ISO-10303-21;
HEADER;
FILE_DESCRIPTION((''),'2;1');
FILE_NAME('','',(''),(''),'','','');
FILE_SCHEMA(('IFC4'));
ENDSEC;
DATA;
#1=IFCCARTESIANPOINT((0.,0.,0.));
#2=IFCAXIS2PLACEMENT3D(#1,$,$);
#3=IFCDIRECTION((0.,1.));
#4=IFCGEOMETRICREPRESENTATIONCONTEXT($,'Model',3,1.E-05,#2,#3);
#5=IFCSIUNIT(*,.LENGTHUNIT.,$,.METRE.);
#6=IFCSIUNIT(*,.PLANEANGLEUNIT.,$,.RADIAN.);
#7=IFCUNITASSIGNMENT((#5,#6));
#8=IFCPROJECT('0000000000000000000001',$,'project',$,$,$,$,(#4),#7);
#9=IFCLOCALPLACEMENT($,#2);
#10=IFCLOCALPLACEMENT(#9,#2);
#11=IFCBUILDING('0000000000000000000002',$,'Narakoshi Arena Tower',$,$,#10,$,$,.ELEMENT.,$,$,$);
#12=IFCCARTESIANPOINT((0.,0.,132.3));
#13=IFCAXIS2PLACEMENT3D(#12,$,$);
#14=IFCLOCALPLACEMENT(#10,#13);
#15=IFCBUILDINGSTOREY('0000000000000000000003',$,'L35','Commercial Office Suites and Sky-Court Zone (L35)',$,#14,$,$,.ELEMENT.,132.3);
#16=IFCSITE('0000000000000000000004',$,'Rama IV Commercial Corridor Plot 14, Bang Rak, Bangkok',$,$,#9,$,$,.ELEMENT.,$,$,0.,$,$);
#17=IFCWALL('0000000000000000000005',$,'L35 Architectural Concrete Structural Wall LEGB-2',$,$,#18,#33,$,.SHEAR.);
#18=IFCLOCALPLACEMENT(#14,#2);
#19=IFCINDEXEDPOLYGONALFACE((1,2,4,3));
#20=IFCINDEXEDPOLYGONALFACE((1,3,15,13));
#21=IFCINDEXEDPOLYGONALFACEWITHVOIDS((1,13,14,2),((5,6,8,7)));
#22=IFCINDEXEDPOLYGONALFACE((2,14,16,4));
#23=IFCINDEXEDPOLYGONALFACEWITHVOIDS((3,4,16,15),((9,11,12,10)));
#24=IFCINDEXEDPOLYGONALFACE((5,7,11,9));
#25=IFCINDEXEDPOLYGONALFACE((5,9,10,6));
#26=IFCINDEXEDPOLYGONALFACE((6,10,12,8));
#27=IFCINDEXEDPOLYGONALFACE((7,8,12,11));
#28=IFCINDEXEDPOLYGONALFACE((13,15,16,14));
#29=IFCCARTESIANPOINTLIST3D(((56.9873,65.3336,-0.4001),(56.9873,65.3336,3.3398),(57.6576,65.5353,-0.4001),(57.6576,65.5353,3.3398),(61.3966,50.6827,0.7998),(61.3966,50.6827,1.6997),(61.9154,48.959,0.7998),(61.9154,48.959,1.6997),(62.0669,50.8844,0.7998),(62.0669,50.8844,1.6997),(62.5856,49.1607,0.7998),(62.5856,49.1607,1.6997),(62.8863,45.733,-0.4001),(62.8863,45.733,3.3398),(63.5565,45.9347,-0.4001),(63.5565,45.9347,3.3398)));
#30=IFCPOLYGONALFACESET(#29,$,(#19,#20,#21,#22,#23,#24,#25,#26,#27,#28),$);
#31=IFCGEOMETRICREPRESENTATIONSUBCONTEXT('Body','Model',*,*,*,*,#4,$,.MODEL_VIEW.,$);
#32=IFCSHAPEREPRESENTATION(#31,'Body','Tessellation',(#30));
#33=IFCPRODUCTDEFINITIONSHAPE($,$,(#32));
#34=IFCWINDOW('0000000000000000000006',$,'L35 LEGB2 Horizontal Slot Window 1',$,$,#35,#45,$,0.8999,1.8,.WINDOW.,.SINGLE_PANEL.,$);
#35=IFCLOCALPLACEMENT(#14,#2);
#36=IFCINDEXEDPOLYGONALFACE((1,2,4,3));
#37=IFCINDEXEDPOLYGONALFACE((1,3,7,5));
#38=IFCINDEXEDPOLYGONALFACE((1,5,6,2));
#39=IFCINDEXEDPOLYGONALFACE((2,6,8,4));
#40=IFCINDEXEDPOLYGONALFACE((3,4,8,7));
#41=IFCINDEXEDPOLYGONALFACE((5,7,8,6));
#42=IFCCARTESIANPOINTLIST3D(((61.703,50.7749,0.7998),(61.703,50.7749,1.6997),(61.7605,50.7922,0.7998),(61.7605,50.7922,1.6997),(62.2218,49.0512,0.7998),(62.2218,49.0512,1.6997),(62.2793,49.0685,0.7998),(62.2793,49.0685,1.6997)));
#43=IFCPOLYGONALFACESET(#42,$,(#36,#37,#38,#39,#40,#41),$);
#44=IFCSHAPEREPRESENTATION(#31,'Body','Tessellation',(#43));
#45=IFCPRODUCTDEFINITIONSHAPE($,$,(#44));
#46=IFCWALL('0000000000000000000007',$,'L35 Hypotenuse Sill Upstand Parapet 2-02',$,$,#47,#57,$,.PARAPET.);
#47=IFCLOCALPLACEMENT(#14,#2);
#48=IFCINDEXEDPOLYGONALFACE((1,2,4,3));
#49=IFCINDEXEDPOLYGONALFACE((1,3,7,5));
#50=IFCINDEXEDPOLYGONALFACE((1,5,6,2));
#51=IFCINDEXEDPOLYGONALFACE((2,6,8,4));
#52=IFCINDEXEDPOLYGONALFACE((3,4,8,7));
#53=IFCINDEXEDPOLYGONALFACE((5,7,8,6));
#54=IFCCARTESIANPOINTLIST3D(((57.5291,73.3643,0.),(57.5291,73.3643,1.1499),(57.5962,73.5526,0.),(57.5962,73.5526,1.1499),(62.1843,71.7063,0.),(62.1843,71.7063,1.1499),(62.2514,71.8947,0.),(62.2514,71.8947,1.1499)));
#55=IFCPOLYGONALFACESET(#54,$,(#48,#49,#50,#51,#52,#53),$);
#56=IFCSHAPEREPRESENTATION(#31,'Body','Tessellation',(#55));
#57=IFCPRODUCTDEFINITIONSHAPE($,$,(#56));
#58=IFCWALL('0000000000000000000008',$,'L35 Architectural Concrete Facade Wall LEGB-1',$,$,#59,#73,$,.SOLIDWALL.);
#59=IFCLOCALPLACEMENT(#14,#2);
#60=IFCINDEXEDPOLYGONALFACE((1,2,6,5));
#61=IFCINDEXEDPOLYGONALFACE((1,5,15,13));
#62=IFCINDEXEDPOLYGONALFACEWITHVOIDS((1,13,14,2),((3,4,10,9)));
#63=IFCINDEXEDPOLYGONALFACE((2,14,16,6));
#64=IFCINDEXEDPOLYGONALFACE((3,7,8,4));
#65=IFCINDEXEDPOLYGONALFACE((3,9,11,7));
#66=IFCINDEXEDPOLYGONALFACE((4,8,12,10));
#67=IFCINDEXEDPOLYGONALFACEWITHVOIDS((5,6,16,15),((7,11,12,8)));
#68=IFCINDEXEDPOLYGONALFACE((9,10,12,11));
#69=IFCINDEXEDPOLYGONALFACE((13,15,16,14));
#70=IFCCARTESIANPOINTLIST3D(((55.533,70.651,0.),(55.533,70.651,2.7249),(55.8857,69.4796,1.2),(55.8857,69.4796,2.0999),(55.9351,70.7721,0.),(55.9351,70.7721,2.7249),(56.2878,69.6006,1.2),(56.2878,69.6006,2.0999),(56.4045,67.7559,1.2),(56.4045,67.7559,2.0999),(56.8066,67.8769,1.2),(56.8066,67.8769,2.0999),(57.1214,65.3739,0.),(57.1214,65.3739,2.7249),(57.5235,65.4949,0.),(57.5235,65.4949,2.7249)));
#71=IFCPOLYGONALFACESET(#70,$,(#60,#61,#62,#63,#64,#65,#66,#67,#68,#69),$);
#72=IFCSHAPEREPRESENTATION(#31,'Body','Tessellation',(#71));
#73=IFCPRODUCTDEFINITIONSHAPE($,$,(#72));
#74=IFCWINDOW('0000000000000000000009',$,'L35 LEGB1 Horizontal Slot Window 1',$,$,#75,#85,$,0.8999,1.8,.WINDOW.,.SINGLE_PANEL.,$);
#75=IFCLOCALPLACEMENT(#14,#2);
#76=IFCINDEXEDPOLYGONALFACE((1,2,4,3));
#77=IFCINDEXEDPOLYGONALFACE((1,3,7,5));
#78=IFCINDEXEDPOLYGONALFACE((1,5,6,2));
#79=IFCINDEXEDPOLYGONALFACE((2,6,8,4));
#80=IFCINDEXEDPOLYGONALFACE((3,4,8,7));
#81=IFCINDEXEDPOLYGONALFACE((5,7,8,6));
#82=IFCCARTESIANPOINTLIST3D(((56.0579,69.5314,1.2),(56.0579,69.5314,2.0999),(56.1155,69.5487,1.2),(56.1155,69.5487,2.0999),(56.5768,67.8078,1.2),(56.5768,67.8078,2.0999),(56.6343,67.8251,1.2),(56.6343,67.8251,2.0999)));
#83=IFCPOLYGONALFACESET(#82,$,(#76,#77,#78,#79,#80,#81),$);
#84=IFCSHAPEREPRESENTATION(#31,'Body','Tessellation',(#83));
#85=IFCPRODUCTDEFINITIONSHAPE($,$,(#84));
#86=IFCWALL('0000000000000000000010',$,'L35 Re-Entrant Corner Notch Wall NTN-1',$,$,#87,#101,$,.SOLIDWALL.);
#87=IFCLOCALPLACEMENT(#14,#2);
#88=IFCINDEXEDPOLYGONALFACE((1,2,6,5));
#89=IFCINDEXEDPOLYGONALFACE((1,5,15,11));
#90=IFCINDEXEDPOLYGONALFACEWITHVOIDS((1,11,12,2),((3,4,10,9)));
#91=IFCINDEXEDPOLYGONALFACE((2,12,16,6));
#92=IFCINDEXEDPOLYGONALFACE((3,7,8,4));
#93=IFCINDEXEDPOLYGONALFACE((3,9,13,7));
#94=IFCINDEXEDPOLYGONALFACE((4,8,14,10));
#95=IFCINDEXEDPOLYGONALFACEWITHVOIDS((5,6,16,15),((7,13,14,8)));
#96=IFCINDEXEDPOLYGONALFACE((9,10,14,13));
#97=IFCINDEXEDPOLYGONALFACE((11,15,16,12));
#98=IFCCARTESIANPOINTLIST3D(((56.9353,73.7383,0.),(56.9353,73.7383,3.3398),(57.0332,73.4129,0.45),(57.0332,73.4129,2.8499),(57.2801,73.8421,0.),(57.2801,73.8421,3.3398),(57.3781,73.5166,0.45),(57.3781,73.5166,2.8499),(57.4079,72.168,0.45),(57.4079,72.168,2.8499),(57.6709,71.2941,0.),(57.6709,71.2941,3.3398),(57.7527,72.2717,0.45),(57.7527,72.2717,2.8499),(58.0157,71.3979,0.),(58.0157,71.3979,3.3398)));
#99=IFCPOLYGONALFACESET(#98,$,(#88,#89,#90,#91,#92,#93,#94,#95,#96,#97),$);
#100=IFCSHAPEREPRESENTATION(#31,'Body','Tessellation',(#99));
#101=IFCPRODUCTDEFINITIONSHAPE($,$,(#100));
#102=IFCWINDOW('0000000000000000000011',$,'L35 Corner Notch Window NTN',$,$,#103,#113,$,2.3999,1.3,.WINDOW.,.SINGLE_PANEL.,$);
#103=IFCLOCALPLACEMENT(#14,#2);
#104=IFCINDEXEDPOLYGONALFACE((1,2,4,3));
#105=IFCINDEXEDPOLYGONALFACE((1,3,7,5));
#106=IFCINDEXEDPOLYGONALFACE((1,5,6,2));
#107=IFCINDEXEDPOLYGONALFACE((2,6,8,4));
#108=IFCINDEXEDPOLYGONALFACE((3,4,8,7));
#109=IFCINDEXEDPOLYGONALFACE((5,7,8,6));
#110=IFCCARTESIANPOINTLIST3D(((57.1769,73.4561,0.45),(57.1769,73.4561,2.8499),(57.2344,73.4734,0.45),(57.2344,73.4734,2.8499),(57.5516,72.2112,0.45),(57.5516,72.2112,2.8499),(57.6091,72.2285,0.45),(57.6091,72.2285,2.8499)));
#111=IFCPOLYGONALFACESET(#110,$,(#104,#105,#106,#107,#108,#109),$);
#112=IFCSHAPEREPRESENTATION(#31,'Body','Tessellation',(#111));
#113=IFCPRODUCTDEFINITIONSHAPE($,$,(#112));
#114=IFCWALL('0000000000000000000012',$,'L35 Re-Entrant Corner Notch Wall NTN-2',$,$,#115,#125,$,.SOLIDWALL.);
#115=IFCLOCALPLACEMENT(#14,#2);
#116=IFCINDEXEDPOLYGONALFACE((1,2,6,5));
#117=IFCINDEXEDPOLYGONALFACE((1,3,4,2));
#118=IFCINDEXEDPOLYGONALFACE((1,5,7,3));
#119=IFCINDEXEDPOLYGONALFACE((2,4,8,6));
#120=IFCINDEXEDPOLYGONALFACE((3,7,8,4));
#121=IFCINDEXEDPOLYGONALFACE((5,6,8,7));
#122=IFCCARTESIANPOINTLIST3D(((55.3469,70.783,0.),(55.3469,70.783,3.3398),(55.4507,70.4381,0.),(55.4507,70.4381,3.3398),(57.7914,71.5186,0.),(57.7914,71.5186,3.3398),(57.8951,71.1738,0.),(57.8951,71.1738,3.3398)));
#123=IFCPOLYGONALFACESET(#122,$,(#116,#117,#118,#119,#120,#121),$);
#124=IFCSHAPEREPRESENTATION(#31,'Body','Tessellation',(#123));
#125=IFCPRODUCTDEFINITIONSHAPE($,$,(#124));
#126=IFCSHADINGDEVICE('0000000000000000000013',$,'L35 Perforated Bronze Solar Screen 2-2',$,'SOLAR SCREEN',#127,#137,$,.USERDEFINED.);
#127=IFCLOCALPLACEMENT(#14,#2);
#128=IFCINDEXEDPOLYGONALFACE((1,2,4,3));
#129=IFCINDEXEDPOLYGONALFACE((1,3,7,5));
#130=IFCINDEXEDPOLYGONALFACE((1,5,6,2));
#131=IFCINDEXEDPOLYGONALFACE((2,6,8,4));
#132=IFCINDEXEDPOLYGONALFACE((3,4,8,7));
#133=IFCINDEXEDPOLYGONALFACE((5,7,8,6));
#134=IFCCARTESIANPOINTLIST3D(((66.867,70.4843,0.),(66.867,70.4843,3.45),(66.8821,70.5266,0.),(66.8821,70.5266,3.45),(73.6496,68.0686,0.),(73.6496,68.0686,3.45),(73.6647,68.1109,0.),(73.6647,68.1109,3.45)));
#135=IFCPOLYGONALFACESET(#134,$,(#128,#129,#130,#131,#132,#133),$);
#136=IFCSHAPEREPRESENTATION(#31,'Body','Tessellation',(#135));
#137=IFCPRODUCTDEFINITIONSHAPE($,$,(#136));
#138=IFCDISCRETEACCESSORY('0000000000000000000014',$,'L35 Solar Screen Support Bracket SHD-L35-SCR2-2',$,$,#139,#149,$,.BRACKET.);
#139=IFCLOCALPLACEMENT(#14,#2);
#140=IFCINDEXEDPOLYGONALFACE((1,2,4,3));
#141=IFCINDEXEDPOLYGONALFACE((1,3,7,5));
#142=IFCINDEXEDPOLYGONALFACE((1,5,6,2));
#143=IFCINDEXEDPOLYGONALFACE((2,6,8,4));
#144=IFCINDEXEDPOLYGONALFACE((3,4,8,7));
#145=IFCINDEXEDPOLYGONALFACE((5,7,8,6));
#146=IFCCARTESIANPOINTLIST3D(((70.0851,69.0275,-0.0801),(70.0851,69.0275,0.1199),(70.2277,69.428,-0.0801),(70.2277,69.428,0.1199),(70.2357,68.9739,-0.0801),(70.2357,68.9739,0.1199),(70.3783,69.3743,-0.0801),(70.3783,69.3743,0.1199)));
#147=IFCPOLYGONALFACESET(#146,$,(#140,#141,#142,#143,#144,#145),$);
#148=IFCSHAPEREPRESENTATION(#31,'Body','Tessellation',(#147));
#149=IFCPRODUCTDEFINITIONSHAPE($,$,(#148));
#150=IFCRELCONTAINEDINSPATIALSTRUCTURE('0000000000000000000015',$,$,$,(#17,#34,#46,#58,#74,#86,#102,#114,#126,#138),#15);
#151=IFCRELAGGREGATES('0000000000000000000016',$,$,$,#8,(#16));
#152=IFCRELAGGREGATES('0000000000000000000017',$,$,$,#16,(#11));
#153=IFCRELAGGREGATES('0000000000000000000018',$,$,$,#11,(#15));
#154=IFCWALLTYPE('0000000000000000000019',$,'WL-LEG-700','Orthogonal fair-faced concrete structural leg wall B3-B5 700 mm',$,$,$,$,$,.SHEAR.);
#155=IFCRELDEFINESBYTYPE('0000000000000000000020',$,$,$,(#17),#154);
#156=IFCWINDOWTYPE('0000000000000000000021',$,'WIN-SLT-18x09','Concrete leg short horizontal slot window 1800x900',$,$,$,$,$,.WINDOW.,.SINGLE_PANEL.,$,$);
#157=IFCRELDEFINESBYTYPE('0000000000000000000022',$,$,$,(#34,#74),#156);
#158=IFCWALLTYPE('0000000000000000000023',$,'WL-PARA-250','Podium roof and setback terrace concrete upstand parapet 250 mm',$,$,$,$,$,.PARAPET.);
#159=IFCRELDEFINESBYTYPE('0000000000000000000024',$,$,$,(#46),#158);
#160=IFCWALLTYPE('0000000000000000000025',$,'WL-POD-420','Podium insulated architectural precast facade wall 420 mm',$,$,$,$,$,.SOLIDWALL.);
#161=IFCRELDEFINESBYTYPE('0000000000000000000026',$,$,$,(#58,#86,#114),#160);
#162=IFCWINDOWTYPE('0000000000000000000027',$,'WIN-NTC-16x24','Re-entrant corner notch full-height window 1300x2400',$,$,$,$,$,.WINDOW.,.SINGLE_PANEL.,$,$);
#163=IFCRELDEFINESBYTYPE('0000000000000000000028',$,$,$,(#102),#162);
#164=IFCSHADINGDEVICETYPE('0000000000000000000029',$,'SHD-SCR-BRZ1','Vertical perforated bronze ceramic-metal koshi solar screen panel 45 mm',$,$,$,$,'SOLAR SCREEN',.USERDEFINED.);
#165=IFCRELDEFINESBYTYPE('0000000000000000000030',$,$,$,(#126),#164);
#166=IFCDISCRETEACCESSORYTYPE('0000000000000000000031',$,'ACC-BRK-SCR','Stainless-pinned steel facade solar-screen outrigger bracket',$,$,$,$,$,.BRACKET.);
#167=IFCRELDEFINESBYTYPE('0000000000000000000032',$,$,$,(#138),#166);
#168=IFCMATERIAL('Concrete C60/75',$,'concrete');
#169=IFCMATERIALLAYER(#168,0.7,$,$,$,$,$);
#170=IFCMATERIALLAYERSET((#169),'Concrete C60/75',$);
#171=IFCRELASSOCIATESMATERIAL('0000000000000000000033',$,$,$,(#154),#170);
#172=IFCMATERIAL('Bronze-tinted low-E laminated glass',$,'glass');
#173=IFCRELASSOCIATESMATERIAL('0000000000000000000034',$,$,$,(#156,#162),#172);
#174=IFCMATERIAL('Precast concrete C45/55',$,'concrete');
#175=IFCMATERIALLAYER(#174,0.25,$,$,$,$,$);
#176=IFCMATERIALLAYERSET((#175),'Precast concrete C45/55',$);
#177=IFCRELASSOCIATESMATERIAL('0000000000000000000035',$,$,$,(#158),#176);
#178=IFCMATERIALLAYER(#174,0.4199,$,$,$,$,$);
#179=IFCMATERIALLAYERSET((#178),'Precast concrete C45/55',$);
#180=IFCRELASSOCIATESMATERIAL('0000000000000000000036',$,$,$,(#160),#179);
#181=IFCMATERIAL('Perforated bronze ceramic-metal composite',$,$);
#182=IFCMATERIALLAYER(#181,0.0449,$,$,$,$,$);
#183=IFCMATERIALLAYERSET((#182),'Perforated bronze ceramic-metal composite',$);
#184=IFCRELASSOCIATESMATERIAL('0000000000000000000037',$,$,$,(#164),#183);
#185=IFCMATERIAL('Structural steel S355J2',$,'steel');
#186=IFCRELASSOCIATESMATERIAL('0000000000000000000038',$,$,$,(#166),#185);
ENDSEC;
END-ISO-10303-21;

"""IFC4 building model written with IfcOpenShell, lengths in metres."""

from ifc_helpers import new_model, si_unit, direction, frame, frame_2d, origin, origin_2d, place, context, subcontext, project, spatial, rectangle, extrude, material, layer, layer_set, type_object, element, fill, save


model = new_model("IFC4")

# Units and contexts
model_context = context("Model", 3, precision=1e-05, world=origin(), true_north=direction((0.0, 1.0)))
body_context = subcontext(model_context, "Body", "Model", "MODEL_VIEW")
ifc_project = project(units=[si_unit("LENGTHUNIT", "METRE"), si_unit("PLANEANGLEUNIT", "RADIAN")], contexts=[model_context])

# Site, building, storey
site_placement = place(None, origin())
site = spatial("IfcSite", under=ifc_project, at=site_placement, Name="Rama IV Commercial Corridor Plot 14, Bang Rak, Bangkok", CompositionType="ELEMENT", RefElevation=0.0)
building_placement = place(site_placement, origin())
building = spatial("IfcBuilding", under=site, at=building_placement, Name="Narakoshi Arena Tower", CompositionType="ELEMENT")
storey_placement = place(building_placement, frame((0.0, 0.0, 132.3)))
storey = spatial("IfcBuildingStorey", under=building, at=storey_placement, Name="L35", Description="Commercial Office Suites and Sky-Court Zone (L35)", CompositionType="ELEMENT", Elevation=132.3)

# Shared definitions
ifc_material_1 = material(Name="Concrete C60/75", Category="concrete")

# Shared definitions
ifc_material_2 = material(Name="Structural steel S355J2", Category="steel")

# Shared definitions
ifc_material_3 = material(Name="Bronze-tinted low-E laminated glass", Category="glass")

# Wall, opening, window
ifc_layer_1 = layer(ifc_material_1, 0.7)
ifc_layer_set_1 = layer_set([ifc_layer_1], Name="Concrete C60/75")
wall_type_1 = type_object("IfcWallType", Name="WL-LEG-700", Description="Orthogonal fair-faced concrete structural leg wall B3-B5 700 mm", PredefinedType="SHEAR", material=ifc_layer_set_1)
wall_1_placement = place(storey_placement, frame((57.3225, 65.4343, -0.4001), z_axis=(0.0, 0.0, 1.0), x_axis=(0.288188, -0.957574, 0.0)))
wall_1 = element("IfcWall", 1, at=wall_1_placement, inside=storey, type_object=wall_type_1, Name="L35 Architectural Concrete Structural Wall LEGB-2", PredefinedType="SHEAR", context=body_context, shape_type="SweptSolid", body=[
    extrude(rectangle(XDim=20.469, YDim=0.7, at=frame_2d((10.2344, 0.0))), origin(), (0.0, 0.0, 1.0), 3.74),
])
opening_1_placement = place(wall_1_placement, frame((15.3, 0.0, 1.2)))
opening_1 = element("IfcOpeningElement", 2, at=opening_1_placement, cuts=wall_1, PredefinedType="OPENING", context=body_context, shape_type="SweptSolid", body=[
    extrude(rectangle(XDim=1.8, YDim=0.8999, at=frame_2d((0.8999, 0.45))), frame((0.0, 0.3599, 0.0), z_axis=(0.0, -1.0, 0.0), x_axis=(1.0, 0.0, 0.0)), (0.0, 0.0, 1.0), 0.72),
])
window_type_1 = type_object("IfcWindowType", Name="WIN-SLT-18x09", Description="Concrete leg short horizontal slot window 1800x900", PartitioningType="SINGLE_PANEL", PredefinedType="WINDOW", material=ifc_material_3)
window_1_placement = place(opening_1_placement, origin())
window_1 = element("IfcWindow", 3, at=window_1_placement, inside=storey, type_object=window_type_1, Name="L35 LEGB2 Horizontal Slot Window 1", OverallHeight=0.8999, OverallWidth=1.8, PartitioningType="SINGLE_PANEL", PredefinedType="WINDOW", context=body_context, shape_type="SweptSolid", body=[
    extrude(rectangle(XDim=1.8, YDim=0.8999, at=frame_2d((0.8999, 0.45))), frame((0.0, 0.03, 0.0), z_axis=(0.0, -1.0, 0.0), x_axis=(1.0, 0.0, 0.0)), (0.0, 0.0, 1.0), 0.0601),
])
fill(opening_1, window_1)

# Wall
ifc_material_4 = material(Name="Precast concrete C45/55", Category="concrete")
ifc_layer_2 = layer(ifc_material_4, 0.25)
ifc_layer_set_2 = layer_set([ifc_layer_2], Name="Precast concrete C45/55")
wall_type_2 = type_object("IfcWallType", Name="WL-PARA-250", Description="Podium roof and setback terrace concrete upstand parapet 250 mm", PredefinedType="PARAPET", material=ifc_layer_set_2)
wall_2_placement = place(storey_placement, frame((62.2178, 71.8005, 0.0), z_axis=(0.0, 0.0, 1.0), x_axis=(-0.942039, 0.335504, 0.0)))
element("IfcWall", 4, at=wall_2_placement, inside=storey, type_object=wall_type_2, Name="L35 Hypotenuse Sill Upstand Parapet 2-02", PredefinedType="PARAPET", context=body_context, shape_type="SweptSolid", body=[
    extrude(rectangle(XDim=4.9417, YDim=0.2, at=frame_2d((2.4707, 0.0))), origin(), (0.0, 0.0, 1.0), 1.1499),
])

# Walls, openings, windows
ifc_layer_3 = layer(ifc_material_4, 0.4199)
ifc_layer_set_3 = layer_set([ifc_layer_3], Name="Precast concrete C45/55")
wall_type_3 = type_object("IfcWallType", Name="WL-POD-420", Description="Podium insulated architectural precast facade wall 420 mm", PredefinedType="SOLIDWALL", material=ifc_layer_set_3)
wall_3_placement = place(storey_placement, frame((55.7341, 70.7114, 0.0), z_axis=(0.0, 0.0, 1.0), x_axis=(0.288222, -0.957564, 0.0)))
wall_3 = element("IfcWall", 5, at=wall_3_placement, inside=storey, type_object=wall_type_3, Name="L35 Architectural Concrete Facade Wall LEGB-1", PredefinedType="SOLIDWALL", context=body_context, shape_type="SweptSolid", body=[
    extrude(rectangle(XDim=5.511, YDim=0.4199, at=frame_2d((2.7554, 0.0))), origin(), (0.0, 0.0, 1.0), 2.7249),
])
opening_2_placement = place(wall_3_placement, frame((1.2234, 0.0, 1.2)))
opening_2 = element("IfcOpeningElement", 6, at=opening_2_placement, cuts=wall_3, PredefinedType="OPENING", context=body_context, shape_type="SweptSolid", body=[
    extrude(rectangle(XDim=1.8, YDim=0.8999, at=frame_2d((0.8999, 0.45))), frame((0.0, 0.22, 0.0), z_axis=(0.0, -1.0, 0.0), x_axis=(1.0, 0.0, 0.0)), (0.0, 0.0, 1.0), 0.4399),
])
window_2_placement = place(opening_2_placement, origin())
window_2 = element("IfcWindow", 7, at=window_2_placement, inside=storey, type_object=window_type_1, Name="L35 LEGB1 Horizontal Slot Window 1", OverallHeight=0.8999, OverallWidth=1.8, PartitioningType="SINGLE_PANEL", PredefinedType="WINDOW", context=body_context, shape_type="SweptSolid", body=[
    extrude(rectangle(XDim=1.8, YDim=0.8999, at=frame_2d((0.8999, 0.45))), frame((0.0, 0.03, 0.0), z_axis=(0.0, -1.0, 0.0), x_axis=(1.0, 0.0, 0.0)), (0.0, 0.0, 1.0), 0.0601),
])
fill(opening_2, window_2)
wall_4_placement = place(storey_placement, frame((57.1077, 73.7903, 0.0), z_axis=(0.0, 0.0, 1.0), x_axis=(0.288199, -0.957571, 0.0)))
wall_4 = element("IfcWall", 8, at=wall_4_placement, inside=storey, type_object=wall_type_3, Name="L35 Re-Entrant Corner Notch Wall NTN-1", PredefinedType="SOLIDWALL", context=body_context, shape_type="SweptSolid", body=[
    extrude(rectangle(XDim=2.5525, YDim=0.3601, at=frame_2d((1.2764, 0.0))), origin(), (0.0, 0.0, 1.0), 3.3398),
])
opening_3_placement = place(wall_4_placement, frame((0.3401, 0.0, 0.45)))
opening_3 = element("IfcOpeningElement", 9, at=opening_3_placement, cuts=wall_4, PredefinedType="OPENING", context=body_context, shape_type="SweptSolid", body=[
    extrude(rectangle(XDim=1.3, YDim=2.3999, at=frame_2d((0.6499, 1.2))), frame((0.0, 0.1899, 0.0), z_axis=(0.0, -1.0, 0.0), x_axis=(1.0, 0.0, 0.0)), (0.0, 0.0, 1.0), 0.3801),
])
window_type_2 = type_object("IfcWindowType", Name="WIN-NTC-16x24", Description="Re-entrant corner notch full-height window 1300x2400", PartitioningType="SINGLE_PANEL", PredefinedType="WINDOW", material=ifc_material_3)
window_3_placement = place(opening_3_placement, origin())
window_3 = element("IfcWindow", 10, at=window_3_placement, inside=storey, type_object=window_type_2, Name="L35 Corner Notch Window NTN", OverallHeight=2.3999, OverallWidth=1.3, PartitioningType="SINGLE_PANEL", PredefinedType="WINDOW", context=body_context, shape_type="SweptSolid", body=[
    extrude(rectangle(XDim=1.3, YDim=2.3999, at=frame_2d((0.6499, 1.2))), frame((0.0, 0.03, 0.0), z_axis=(0.0, -1.0, 0.0), x_axis=(1.0, 0.0, 0.0)), (0.0, 0.0, 1.0), 0.0601),
])
fill(opening_3, window_3)

# Wall
wall_5_placement = place(storey_placement, frame((57.8433, 71.3462, 0.0), z_axis=(0.0, 0.0, 1.0), x_axis=(-0.957578, -0.288173, 0.0)))
element("IfcWall", 11, at=wall_5_placement, inside=storey, type_object=wall_type_3, Name="L35 Re-Entrant Corner Notch Wall NTN-2", PredefinedType="SOLIDWALL", context=body_context, shape_type="SweptSolid", body=[
    extrude(rectangle(XDim=2.5527, YDim=0.3601, at=frame_2d((1.2764, 0.0))), origin(), (0.0, 0.0, 1.0), 3.3398),
])

# Shading device
ifc_material_5 = material(Name="Perforated bronze ceramic-metal composite")
ifc_layer_4 = layer(ifc_material_5, 0.0449)
ifc_layer_set_4 = layer_set([ifc_layer_4], Name="Perforated bronze ceramic-metal composite")
shading_device_type = type_object("IfcShadingDeviceType", Name="SHD-SCR-BRZ1", Description="Vertical perforated bronze ceramic-metal koshi solar screen panel 45 mm", ElementType="SOLAR SCREEN", PredefinedType="USERDEFINED", material=ifc_layer_set_4)
shading_device_placement = place(storey_placement, frame((70.2659, 69.2976, 0.0), z_axis=(0.0, 0.0, 1.0), x_axis=(-0.942034, 0.335517, 0.0)))
element("IfcShadingDevice", 12, at=shading_device_placement, inside=storey, type_object=shading_device_type, Name="L35 Perforated Bronze Solar Screen 2-2", ObjectType="SOLAR SCREEN", PredefinedType="USERDEFINED", context=body_context, shape_type="SweptSolid", body=[
    extrude(rectangle(XDim=7.2, YDim=0.0449, at=origin_2d()), origin(), (0.0, 0.0, 1.0), 3.45),
])

# Discrete accessory
discrete_accessory_type = type_object("IfcDiscreteAccessoryType", Name="ACC-BRK-SCR", Description="Stainless-pinned steel facade solar-screen outrigger bracket", PredefinedType="BRACKET", material=ifc_material_2)
discrete_accessory_placement = place(storey_placement, frame((70.2317, 69.2009, -0.0801), z_axis=(0.0, 0.0, 1.0), x_axis=(-0.942034, 0.335517, 0.0)))
element("IfcDiscreteAccessory", 13, at=discrete_accessory_placement, inside=storey, type_object=discrete_accessory_type, Name="L35 Solar Screen Support Bracket SHD-L35-SCR2-2", PredefinedType="BRACKET", context=body_context, shape_type="SweptSolid", body=[
    extrude(rectangle(XDim=0.1599, YDim=0.425, at=origin_2d()), origin(), (0.0, 0.0, 1.0), 0.2),
])

save(model, "model.ifc")
